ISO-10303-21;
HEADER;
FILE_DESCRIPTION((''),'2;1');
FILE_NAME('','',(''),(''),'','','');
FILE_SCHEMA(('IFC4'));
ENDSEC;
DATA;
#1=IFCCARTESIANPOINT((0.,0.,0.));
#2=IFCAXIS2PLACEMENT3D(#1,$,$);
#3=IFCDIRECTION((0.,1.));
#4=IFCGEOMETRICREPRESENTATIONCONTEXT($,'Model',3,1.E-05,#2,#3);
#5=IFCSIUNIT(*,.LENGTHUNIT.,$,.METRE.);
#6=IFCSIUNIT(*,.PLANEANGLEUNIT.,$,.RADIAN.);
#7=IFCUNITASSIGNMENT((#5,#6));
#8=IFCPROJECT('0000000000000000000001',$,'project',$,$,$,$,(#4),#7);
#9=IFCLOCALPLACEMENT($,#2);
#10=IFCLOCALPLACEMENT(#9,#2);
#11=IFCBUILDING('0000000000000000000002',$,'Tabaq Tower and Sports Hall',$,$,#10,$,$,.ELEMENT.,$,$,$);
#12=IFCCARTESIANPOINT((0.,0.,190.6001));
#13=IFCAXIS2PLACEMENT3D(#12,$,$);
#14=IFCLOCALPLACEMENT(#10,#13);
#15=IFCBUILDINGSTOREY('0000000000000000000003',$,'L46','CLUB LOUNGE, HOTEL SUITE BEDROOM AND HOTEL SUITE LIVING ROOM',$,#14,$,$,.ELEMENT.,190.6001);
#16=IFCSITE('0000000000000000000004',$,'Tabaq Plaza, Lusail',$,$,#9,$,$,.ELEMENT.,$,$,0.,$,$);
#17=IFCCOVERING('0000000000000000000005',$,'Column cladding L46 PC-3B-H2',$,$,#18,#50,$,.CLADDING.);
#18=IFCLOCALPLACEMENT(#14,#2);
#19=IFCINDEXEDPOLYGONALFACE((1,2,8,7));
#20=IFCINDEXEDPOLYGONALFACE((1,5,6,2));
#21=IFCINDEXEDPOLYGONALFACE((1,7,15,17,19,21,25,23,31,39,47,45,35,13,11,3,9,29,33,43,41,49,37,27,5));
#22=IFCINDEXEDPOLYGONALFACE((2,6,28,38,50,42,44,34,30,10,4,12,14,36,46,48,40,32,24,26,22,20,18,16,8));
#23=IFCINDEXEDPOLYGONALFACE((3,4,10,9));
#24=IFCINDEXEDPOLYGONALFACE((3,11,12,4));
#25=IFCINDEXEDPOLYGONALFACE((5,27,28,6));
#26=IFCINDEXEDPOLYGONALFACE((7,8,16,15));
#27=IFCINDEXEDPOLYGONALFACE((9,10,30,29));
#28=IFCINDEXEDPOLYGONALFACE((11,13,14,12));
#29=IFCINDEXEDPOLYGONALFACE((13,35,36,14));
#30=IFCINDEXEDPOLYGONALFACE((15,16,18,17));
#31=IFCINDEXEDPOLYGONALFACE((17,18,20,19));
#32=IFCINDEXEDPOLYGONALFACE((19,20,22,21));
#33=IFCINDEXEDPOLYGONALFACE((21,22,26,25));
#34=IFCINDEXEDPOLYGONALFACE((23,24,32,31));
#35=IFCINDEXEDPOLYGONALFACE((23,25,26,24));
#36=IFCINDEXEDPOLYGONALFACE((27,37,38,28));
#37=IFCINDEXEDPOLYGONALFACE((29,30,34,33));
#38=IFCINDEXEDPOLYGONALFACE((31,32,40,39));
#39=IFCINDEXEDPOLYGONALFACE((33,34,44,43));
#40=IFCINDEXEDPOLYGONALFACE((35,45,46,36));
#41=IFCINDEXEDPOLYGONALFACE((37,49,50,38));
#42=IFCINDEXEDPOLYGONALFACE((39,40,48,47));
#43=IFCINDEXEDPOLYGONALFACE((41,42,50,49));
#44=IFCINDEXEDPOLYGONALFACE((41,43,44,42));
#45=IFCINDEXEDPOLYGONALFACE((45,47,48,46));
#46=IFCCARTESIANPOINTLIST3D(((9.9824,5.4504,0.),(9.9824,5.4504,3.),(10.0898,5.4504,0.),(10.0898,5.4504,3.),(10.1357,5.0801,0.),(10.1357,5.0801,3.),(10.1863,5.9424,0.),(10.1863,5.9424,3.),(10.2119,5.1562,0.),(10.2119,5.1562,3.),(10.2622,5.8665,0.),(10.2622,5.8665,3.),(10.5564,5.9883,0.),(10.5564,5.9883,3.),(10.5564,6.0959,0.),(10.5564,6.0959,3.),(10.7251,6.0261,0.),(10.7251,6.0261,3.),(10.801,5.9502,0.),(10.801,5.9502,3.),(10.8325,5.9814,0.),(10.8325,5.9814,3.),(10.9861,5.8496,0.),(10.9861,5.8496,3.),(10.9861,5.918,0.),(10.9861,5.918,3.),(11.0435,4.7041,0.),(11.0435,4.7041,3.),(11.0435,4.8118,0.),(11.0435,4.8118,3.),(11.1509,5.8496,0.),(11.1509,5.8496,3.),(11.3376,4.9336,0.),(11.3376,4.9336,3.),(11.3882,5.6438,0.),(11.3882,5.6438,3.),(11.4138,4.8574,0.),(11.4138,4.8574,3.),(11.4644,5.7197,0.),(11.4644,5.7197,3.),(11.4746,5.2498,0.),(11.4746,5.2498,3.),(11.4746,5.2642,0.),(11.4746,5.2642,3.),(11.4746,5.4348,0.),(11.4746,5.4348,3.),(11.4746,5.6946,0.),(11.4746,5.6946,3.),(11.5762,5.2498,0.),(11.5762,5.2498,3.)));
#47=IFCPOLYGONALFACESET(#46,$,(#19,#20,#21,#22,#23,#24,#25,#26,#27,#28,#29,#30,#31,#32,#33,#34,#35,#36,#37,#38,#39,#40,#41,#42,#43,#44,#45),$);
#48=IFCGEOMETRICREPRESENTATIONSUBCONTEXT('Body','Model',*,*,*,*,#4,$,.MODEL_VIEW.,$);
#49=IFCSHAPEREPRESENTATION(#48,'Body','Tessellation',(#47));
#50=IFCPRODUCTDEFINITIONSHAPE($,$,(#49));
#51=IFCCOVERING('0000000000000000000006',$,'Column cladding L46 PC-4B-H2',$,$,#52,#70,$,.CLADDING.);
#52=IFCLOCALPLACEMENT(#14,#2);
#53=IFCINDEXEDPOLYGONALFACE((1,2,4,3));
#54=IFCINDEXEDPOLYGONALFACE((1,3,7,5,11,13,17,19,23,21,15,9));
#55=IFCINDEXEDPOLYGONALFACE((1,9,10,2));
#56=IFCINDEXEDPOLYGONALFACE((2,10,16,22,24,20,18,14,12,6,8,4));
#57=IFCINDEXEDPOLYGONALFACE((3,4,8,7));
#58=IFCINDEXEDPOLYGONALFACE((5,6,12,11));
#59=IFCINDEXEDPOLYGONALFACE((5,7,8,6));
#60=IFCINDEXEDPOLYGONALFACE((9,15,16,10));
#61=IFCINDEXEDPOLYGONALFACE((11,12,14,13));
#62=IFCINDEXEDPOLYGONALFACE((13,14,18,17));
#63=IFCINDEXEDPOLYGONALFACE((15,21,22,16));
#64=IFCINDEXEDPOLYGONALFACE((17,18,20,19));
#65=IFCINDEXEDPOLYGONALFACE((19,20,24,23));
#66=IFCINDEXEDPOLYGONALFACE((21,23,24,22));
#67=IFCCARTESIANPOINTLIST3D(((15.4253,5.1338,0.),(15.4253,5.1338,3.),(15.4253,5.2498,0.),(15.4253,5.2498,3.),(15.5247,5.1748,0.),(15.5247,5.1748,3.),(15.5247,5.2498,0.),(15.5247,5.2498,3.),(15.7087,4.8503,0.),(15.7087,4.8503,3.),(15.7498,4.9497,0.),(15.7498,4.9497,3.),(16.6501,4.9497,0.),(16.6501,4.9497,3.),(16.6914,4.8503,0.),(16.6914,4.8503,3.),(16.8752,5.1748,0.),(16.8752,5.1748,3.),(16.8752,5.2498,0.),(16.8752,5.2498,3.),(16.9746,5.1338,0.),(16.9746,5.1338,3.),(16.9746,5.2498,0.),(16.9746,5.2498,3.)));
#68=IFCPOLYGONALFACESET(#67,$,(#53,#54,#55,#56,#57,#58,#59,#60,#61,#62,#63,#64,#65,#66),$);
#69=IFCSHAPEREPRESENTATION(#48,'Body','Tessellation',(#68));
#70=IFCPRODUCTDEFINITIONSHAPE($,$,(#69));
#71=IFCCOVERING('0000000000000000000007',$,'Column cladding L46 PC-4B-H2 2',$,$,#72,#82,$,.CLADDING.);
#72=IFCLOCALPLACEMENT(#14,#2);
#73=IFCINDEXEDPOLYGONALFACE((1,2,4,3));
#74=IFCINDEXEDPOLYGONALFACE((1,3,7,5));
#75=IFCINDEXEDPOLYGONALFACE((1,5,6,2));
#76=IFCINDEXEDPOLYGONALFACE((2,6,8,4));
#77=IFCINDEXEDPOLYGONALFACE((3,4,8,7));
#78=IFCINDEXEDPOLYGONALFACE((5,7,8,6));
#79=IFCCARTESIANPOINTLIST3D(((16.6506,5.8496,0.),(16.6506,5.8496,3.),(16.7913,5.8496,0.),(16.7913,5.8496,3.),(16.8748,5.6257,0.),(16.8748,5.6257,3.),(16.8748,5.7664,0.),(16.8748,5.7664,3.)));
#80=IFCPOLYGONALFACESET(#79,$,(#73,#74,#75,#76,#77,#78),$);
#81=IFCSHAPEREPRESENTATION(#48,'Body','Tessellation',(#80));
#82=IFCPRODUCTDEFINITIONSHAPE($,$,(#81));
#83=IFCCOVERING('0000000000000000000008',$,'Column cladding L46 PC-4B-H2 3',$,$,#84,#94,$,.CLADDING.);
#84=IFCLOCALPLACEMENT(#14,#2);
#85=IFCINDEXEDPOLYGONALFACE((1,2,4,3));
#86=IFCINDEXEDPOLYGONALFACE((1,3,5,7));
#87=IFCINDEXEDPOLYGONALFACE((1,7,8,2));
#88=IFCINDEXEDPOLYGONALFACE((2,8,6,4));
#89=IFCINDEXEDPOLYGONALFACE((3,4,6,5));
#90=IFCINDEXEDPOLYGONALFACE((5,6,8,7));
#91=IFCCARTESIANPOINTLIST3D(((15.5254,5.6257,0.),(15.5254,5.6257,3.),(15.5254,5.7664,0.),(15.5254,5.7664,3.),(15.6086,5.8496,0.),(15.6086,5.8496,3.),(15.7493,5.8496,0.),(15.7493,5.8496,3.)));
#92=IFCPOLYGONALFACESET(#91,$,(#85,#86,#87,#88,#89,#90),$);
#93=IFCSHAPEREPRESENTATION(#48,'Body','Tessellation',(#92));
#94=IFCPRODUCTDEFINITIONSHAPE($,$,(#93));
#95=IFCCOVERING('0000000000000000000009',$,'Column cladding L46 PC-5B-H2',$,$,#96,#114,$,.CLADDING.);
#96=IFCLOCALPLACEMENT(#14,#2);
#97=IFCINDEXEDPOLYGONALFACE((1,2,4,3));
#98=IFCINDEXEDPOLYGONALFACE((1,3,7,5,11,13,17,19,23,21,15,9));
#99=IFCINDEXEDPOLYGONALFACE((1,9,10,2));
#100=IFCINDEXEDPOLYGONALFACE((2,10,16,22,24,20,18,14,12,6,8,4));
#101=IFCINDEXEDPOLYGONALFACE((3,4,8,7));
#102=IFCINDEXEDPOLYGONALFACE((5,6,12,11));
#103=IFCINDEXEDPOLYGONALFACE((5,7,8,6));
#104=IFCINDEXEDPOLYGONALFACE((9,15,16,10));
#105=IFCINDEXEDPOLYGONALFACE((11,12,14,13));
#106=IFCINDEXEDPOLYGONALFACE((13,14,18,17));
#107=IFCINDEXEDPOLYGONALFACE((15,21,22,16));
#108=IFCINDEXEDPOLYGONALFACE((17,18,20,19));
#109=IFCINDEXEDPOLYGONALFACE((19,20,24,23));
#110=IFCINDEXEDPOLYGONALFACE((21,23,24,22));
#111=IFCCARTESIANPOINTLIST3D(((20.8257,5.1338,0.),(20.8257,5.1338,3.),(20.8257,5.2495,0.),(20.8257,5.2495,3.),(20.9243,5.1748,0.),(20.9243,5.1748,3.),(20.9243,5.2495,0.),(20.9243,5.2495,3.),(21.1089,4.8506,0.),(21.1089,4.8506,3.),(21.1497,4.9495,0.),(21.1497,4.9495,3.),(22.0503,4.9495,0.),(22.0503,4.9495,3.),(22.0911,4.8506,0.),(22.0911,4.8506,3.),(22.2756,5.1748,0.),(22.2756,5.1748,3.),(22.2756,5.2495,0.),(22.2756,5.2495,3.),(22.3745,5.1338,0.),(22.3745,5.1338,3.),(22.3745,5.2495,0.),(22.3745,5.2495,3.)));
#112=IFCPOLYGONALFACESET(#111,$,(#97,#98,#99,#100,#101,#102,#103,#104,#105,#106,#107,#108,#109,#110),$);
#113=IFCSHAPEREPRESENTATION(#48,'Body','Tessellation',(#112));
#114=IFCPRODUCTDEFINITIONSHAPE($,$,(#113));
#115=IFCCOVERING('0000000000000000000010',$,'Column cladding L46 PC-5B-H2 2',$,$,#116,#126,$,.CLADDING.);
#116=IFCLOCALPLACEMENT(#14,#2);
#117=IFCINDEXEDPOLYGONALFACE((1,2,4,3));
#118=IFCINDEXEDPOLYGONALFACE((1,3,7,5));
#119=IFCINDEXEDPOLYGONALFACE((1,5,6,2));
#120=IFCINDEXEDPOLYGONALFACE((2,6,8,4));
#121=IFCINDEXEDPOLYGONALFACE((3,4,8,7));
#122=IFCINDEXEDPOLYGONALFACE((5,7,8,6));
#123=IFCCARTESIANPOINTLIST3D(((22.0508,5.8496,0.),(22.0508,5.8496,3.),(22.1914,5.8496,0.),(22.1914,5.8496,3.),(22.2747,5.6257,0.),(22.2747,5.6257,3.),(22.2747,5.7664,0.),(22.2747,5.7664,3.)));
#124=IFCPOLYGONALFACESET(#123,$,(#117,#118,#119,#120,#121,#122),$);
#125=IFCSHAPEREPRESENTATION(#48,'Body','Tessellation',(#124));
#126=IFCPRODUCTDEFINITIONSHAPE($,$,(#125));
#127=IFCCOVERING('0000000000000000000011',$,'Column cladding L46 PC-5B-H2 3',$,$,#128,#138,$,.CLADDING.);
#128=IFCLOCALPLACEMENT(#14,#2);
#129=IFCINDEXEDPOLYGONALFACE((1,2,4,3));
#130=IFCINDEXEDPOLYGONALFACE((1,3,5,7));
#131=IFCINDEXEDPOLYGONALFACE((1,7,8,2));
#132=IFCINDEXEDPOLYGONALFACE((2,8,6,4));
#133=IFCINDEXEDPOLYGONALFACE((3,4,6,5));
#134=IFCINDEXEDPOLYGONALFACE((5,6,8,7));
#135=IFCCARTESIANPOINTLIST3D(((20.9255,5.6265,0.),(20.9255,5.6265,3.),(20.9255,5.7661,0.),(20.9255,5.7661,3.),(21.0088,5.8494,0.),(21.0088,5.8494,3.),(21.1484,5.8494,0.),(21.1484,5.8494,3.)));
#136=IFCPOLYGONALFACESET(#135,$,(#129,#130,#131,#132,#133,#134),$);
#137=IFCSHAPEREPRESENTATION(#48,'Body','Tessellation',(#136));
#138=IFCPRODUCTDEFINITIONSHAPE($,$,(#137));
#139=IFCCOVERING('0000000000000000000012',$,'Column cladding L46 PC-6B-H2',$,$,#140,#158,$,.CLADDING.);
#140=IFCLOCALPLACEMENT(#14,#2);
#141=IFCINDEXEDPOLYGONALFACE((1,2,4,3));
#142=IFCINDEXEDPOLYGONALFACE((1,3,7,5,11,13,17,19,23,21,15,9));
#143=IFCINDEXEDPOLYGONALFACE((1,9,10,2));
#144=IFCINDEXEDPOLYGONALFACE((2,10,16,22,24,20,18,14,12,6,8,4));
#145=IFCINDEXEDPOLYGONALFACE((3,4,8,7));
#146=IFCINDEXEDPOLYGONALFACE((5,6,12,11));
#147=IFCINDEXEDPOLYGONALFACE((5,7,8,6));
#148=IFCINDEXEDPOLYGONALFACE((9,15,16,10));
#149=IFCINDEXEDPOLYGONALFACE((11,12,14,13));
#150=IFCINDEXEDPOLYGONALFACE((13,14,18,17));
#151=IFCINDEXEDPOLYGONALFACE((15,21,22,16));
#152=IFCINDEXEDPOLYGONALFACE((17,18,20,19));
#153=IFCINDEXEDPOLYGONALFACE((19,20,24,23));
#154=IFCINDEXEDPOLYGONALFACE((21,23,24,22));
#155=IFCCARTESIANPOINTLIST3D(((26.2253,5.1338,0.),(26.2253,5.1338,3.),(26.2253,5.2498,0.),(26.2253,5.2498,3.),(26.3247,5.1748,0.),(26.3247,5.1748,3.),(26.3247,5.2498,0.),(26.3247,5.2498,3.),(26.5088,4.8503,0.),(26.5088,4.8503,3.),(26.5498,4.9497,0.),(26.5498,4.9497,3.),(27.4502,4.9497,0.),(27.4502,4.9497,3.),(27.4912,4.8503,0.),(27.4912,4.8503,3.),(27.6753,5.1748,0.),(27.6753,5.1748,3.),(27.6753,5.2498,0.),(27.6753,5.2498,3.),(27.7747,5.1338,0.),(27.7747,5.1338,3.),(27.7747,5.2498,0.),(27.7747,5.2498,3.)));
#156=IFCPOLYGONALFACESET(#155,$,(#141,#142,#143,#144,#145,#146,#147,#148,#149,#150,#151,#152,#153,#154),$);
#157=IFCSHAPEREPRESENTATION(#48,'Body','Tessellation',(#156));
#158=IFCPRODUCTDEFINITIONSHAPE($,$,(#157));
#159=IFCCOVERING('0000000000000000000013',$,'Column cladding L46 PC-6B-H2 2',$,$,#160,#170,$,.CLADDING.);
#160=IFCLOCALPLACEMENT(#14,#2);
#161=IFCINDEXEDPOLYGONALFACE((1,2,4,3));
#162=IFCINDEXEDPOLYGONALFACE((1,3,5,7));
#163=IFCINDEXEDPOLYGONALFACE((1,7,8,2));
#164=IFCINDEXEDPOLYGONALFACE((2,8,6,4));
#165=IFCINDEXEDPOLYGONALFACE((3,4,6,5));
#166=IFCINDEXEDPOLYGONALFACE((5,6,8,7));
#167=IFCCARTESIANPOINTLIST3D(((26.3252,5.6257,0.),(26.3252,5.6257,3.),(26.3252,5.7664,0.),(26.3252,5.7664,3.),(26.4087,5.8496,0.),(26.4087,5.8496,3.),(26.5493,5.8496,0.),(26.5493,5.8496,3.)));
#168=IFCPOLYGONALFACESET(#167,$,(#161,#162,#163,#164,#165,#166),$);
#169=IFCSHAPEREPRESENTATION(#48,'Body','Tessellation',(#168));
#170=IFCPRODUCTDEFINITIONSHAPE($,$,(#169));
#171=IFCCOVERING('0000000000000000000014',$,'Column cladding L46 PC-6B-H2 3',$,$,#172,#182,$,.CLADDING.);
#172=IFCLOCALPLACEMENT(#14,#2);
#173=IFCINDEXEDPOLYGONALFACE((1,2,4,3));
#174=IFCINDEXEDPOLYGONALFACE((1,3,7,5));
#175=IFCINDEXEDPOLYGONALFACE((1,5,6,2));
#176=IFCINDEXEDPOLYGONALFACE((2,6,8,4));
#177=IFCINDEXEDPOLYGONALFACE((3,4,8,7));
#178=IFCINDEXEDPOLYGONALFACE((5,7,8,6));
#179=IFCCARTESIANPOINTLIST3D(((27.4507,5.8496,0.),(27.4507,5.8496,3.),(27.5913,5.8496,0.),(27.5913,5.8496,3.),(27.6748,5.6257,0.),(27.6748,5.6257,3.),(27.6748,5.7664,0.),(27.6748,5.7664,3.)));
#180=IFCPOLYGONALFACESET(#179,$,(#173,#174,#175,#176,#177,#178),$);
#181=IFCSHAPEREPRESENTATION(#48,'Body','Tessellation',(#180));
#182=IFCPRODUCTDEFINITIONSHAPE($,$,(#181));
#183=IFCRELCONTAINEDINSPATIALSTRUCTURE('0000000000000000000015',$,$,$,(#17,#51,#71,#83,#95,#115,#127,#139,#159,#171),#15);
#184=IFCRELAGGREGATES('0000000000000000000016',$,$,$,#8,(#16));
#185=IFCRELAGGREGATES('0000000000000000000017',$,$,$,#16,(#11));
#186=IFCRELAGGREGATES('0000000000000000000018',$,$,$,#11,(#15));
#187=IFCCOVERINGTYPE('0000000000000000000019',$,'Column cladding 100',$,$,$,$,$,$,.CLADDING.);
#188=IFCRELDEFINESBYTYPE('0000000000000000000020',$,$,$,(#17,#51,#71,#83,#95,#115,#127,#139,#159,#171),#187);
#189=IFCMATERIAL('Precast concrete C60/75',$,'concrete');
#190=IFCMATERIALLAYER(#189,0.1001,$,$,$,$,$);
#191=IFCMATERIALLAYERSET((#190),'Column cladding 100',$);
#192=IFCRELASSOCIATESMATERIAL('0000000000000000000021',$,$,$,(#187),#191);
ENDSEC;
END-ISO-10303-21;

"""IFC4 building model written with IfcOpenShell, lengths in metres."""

from ifc_helpers import new_model, si_unit, direction, frame, origin, place, context, subcontext, project, spatial, polyline, outline, extrude, material, layer, layer_set, type_object, element, save


model = new_model("IFC4")

# Units and contexts
model_context = context("Model", 3, precision=1e-05, world=origin(), true_north=direction((0.0, 1.0)))
body_context = subcontext(model_context, "Body", "Model", "MODEL_VIEW")
ifc_project = project(units=[si_unit("LENGTHUNIT", "METRE"), si_unit("PLANEANGLEUNIT", "RADIAN")], contexts=[model_context])

# Site, building, storey
site_placement = place(None, origin())
site = spatial("IfcSite", under=ifc_project, at=site_placement, Name="Tabaq Plaza, Lusail", CompositionType="ELEMENT", RefElevation=0.0)
building_placement = place(site_placement, origin())
building = spatial("IfcBuilding", under=site, at=building_placement, Name="Tabaq Tower and Sports Hall", CompositionType="ELEMENT")
storey_placement = place(building_placement, frame((0.0, 0.0, 190.6001)))
storey = spatial("IfcBuildingStorey", under=building, at=storey_placement, Name="L46", Description="CLUB LOUNGE, HOTEL SUITE BEDROOM AND HOTEL SUITE LIVING ROOM", CompositionType="ELEMENT", Elevation=190.6001)

# Coverings
ifc_material_1 = material(Name="Precast concrete C60/75", Category="concrete")
ifc_layer_1 = layer(ifc_material_1, 0.1001)
ifc_layer_set_1 = layer_set([ifc_layer_1], Name="Column cladding 100")
covering_type = type_object("IfcCoveringType", Name="Column cladding 100", PredefinedType="CLADDING", material=ifc_layer_set_1)
covering_1_placement = place(storey_placement, origin())
element("IfcCovering", 1, at=covering_1_placement, inside=storey, type_object=covering_type, Name="Column cladding L46 PC-3B-H2", PredefinedType="CLADDING", context=body_context, shape_type="SweptSolid", body=[
    extrude(outline(polyline([(11.4138, 4.8574), (11.0435, 4.7041), (10.1357, 5.0801), (9.9824, 5.4504), (10.1863, 5.9424), (10.5564, 6.0959), (10.7251, 6.0261), (10.801, 5.9502), (10.8325, 5.9814), (10.9861, 5.918), (10.9861, 5.8496), (11.1509, 5.8496), (11.4644, 5.7197), (11.4746, 5.6946), (11.4746, 5.4348), (11.3882, 5.6438), (10.5564, 5.9883), (10.2622, 5.8665), (10.0898, 5.4504), (10.2119, 5.1562), (11.0435, 4.8118), (11.3376, 4.9336), (11.4746, 5.2642), (11.4746, 5.2498), (11.5762, 5.2498), (11.4138, 4.8574)])), origin(), (0.0, 0.0, 1.0), 3.0),
])
covering_2_placement = place(storey_placement, origin())
element("IfcCovering", 2, at=covering_2_placement, inside=storey, type_object=covering_type, Name="Column cladding L46 PC-4B-H2", PredefinedType="CLADDING", context=body_context, shape_type="SweptSolid", body=[
    extrude(outline(polyline([(15.4253, 5.2498), (15.5247, 5.2498), (15.5247, 5.1748), (15.7498, 4.9497), (16.6501, 4.9497), (16.8752, 5.1748), (16.8752, 5.2498), (16.9746, 5.2498), (16.9746, 5.1338), (16.6914, 4.8503), (15.7087, 4.8503), (15.4253, 5.1338), (15.4253, 5.2498)])), origin(), (0.0, 0.0, 1.0), 3.0),
])
covering_3_placement = place(storey_placement, origin())
element("IfcCovering", 3, at=covering_3_placement, inside=storey, type_object=covering_type, Name="Column cladding L46 PC-4B-H2 2", PredefinedType="CLADDING", context=body_context, shape_type="SweptSolid", body=[
    extrude(outline(polyline([(16.8748, 5.7664), (16.8748, 5.6257), (16.6506, 5.8496), (16.7913, 5.8496), (16.8748, 5.7664)])), origin(), (0.0, 0.0, 1.0), 3.0),
])
covering_4_placement = place(storey_placement, origin())
element("IfcCovering", 4, at=covering_4_placement, inside=storey, type_object=covering_type, Name="Column cladding L46 PC-4B-H2 3", PredefinedType="CLADDING", context=body_context, shape_type="SweptSolid", body=[
    extrude(outline(polyline([(15.6086, 5.8496), (15.7493, 5.8496), (15.5254, 5.6257), (15.5254, 5.7664), (15.6086, 5.8496)])), origin(), (0.0, 0.0, 1.0), 3.0),
])
covering_5_placement = place(storey_placement, origin())
element("IfcCovering", 5, at=covering_5_placement, inside=storey, type_object=covering_type, Name="Column cladding L46 PC-5B-H2", PredefinedType="CLADDING", context=body_context, shape_type="SweptSolid", body=[
    extrude(outline(polyline([(20.8257, 5.2495), (20.9243, 5.2495), (20.9243, 5.1748), (21.1497, 4.9495), (22.0503, 4.9495), (22.2756, 5.1748), (22.2756, 5.2495), (22.3745, 5.2495), (22.3745, 5.1338), (22.0911, 4.8506), (21.1089, 4.8506), (20.8257, 5.1338), (20.8257, 5.2495)])), origin(), (0.0, 0.0, 1.0), 3.0),
])
covering_6_placement = place(storey_placement, origin())
element("IfcCovering", 6, at=covering_6_placement, inside=storey, type_object=covering_type, Name="Column cladding L46 PC-5B-H2 2", PredefinedType="CLADDING", context=body_context, shape_type="SweptSolid", body=[
    extrude(outline(polyline([(22.2747, 5.7664), (22.2747, 5.6257), (22.0508, 5.8496), (22.1914, 5.8496), (22.2747, 5.7664)])), origin(), (0.0, 0.0, 1.0), 3.0),
])
covering_7_placement = place(storey_placement, origin())
element("IfcCovering", 7, at=covering_7_placement, inside=storey, type_object=covering_type, Name="Column cladding L46 PC-5B-H2 3", PredefinedType="CLADDING", context=body_context, shape_type="SweptSolid", body=[
    extrude(outline(polyline([(20.9255, 5.6265), (20.9255, 5.7661), (21.0088, 5.8494), (21.1484, 5.8494), (20.9255, 5.6265)])), origin(), (0.0, 0.0, 1.0), 3.0),
])
covering_8_placement = place(storey_placement, origin())
element("IfcCovering", 8, at=covering_8_placement, inside=storey, type_object=covering_type, Name="Column cladding L46 PC-6B-H2", PredefinedType="CLADDING", context=body_context, shape_type="SweptSolid", body=[
    extrude(outline(polyline([(26.2253, 5.2498), (26.3247, 5.2498), (26.3247, 5.1748), (26.5498, 4.9497), (27.4502, 4.9497), (27.6753, 5.1748), (27.6753, 5.2498), (27.7747, 5.2498), (27.7747, 5.1338), (27.4912, 4.8503), (26.5088, 4.8503), (26.2253, 5.1338), (26.2253, 5.2498)])), origin(), (0.0, 0.0, 1.0), 3.0),
])
covering_9_placement = place(storey_placement, origin())
element("IfcCovering", 9, at=covering_9_placement, inside=storey, type_object=covering_type, Name="Column cladding L46 PC-6B-H2 2", PredefinedType="CLADDING", context=body_context, shape_type="SweptSolid", body=[
    extrude(outline(polyline([(26.4087, 5.8496), (26.5493, 5.8496), (26.3252, 5.6257), (26.3252, 5.7664), (26.4087, 5.8496)])), origin(), (0.0, 0.0, 1.0), 3.0),
])
covering_10_placement = place(storey_placement, origin())
element("IfcCovering", 10, at=covering_10_placement, inside=storey, type_object=covering_type, Name="Column cladding L46 PC-6B-H2 3", PredefinedType="CLADDING", context=body_context, shape_type="SweptSolid", body=[
    extrude(outline(polyline([(27.6748, 5.7664), (27.6748, 5.6257), (27.4507, 5.8496), (27.5913, 5.8496), (27.6748, 5.7664)])), origin(), (0.0, 0.0, 1.0), 3.0),
])

save(model, "model.ifc")
